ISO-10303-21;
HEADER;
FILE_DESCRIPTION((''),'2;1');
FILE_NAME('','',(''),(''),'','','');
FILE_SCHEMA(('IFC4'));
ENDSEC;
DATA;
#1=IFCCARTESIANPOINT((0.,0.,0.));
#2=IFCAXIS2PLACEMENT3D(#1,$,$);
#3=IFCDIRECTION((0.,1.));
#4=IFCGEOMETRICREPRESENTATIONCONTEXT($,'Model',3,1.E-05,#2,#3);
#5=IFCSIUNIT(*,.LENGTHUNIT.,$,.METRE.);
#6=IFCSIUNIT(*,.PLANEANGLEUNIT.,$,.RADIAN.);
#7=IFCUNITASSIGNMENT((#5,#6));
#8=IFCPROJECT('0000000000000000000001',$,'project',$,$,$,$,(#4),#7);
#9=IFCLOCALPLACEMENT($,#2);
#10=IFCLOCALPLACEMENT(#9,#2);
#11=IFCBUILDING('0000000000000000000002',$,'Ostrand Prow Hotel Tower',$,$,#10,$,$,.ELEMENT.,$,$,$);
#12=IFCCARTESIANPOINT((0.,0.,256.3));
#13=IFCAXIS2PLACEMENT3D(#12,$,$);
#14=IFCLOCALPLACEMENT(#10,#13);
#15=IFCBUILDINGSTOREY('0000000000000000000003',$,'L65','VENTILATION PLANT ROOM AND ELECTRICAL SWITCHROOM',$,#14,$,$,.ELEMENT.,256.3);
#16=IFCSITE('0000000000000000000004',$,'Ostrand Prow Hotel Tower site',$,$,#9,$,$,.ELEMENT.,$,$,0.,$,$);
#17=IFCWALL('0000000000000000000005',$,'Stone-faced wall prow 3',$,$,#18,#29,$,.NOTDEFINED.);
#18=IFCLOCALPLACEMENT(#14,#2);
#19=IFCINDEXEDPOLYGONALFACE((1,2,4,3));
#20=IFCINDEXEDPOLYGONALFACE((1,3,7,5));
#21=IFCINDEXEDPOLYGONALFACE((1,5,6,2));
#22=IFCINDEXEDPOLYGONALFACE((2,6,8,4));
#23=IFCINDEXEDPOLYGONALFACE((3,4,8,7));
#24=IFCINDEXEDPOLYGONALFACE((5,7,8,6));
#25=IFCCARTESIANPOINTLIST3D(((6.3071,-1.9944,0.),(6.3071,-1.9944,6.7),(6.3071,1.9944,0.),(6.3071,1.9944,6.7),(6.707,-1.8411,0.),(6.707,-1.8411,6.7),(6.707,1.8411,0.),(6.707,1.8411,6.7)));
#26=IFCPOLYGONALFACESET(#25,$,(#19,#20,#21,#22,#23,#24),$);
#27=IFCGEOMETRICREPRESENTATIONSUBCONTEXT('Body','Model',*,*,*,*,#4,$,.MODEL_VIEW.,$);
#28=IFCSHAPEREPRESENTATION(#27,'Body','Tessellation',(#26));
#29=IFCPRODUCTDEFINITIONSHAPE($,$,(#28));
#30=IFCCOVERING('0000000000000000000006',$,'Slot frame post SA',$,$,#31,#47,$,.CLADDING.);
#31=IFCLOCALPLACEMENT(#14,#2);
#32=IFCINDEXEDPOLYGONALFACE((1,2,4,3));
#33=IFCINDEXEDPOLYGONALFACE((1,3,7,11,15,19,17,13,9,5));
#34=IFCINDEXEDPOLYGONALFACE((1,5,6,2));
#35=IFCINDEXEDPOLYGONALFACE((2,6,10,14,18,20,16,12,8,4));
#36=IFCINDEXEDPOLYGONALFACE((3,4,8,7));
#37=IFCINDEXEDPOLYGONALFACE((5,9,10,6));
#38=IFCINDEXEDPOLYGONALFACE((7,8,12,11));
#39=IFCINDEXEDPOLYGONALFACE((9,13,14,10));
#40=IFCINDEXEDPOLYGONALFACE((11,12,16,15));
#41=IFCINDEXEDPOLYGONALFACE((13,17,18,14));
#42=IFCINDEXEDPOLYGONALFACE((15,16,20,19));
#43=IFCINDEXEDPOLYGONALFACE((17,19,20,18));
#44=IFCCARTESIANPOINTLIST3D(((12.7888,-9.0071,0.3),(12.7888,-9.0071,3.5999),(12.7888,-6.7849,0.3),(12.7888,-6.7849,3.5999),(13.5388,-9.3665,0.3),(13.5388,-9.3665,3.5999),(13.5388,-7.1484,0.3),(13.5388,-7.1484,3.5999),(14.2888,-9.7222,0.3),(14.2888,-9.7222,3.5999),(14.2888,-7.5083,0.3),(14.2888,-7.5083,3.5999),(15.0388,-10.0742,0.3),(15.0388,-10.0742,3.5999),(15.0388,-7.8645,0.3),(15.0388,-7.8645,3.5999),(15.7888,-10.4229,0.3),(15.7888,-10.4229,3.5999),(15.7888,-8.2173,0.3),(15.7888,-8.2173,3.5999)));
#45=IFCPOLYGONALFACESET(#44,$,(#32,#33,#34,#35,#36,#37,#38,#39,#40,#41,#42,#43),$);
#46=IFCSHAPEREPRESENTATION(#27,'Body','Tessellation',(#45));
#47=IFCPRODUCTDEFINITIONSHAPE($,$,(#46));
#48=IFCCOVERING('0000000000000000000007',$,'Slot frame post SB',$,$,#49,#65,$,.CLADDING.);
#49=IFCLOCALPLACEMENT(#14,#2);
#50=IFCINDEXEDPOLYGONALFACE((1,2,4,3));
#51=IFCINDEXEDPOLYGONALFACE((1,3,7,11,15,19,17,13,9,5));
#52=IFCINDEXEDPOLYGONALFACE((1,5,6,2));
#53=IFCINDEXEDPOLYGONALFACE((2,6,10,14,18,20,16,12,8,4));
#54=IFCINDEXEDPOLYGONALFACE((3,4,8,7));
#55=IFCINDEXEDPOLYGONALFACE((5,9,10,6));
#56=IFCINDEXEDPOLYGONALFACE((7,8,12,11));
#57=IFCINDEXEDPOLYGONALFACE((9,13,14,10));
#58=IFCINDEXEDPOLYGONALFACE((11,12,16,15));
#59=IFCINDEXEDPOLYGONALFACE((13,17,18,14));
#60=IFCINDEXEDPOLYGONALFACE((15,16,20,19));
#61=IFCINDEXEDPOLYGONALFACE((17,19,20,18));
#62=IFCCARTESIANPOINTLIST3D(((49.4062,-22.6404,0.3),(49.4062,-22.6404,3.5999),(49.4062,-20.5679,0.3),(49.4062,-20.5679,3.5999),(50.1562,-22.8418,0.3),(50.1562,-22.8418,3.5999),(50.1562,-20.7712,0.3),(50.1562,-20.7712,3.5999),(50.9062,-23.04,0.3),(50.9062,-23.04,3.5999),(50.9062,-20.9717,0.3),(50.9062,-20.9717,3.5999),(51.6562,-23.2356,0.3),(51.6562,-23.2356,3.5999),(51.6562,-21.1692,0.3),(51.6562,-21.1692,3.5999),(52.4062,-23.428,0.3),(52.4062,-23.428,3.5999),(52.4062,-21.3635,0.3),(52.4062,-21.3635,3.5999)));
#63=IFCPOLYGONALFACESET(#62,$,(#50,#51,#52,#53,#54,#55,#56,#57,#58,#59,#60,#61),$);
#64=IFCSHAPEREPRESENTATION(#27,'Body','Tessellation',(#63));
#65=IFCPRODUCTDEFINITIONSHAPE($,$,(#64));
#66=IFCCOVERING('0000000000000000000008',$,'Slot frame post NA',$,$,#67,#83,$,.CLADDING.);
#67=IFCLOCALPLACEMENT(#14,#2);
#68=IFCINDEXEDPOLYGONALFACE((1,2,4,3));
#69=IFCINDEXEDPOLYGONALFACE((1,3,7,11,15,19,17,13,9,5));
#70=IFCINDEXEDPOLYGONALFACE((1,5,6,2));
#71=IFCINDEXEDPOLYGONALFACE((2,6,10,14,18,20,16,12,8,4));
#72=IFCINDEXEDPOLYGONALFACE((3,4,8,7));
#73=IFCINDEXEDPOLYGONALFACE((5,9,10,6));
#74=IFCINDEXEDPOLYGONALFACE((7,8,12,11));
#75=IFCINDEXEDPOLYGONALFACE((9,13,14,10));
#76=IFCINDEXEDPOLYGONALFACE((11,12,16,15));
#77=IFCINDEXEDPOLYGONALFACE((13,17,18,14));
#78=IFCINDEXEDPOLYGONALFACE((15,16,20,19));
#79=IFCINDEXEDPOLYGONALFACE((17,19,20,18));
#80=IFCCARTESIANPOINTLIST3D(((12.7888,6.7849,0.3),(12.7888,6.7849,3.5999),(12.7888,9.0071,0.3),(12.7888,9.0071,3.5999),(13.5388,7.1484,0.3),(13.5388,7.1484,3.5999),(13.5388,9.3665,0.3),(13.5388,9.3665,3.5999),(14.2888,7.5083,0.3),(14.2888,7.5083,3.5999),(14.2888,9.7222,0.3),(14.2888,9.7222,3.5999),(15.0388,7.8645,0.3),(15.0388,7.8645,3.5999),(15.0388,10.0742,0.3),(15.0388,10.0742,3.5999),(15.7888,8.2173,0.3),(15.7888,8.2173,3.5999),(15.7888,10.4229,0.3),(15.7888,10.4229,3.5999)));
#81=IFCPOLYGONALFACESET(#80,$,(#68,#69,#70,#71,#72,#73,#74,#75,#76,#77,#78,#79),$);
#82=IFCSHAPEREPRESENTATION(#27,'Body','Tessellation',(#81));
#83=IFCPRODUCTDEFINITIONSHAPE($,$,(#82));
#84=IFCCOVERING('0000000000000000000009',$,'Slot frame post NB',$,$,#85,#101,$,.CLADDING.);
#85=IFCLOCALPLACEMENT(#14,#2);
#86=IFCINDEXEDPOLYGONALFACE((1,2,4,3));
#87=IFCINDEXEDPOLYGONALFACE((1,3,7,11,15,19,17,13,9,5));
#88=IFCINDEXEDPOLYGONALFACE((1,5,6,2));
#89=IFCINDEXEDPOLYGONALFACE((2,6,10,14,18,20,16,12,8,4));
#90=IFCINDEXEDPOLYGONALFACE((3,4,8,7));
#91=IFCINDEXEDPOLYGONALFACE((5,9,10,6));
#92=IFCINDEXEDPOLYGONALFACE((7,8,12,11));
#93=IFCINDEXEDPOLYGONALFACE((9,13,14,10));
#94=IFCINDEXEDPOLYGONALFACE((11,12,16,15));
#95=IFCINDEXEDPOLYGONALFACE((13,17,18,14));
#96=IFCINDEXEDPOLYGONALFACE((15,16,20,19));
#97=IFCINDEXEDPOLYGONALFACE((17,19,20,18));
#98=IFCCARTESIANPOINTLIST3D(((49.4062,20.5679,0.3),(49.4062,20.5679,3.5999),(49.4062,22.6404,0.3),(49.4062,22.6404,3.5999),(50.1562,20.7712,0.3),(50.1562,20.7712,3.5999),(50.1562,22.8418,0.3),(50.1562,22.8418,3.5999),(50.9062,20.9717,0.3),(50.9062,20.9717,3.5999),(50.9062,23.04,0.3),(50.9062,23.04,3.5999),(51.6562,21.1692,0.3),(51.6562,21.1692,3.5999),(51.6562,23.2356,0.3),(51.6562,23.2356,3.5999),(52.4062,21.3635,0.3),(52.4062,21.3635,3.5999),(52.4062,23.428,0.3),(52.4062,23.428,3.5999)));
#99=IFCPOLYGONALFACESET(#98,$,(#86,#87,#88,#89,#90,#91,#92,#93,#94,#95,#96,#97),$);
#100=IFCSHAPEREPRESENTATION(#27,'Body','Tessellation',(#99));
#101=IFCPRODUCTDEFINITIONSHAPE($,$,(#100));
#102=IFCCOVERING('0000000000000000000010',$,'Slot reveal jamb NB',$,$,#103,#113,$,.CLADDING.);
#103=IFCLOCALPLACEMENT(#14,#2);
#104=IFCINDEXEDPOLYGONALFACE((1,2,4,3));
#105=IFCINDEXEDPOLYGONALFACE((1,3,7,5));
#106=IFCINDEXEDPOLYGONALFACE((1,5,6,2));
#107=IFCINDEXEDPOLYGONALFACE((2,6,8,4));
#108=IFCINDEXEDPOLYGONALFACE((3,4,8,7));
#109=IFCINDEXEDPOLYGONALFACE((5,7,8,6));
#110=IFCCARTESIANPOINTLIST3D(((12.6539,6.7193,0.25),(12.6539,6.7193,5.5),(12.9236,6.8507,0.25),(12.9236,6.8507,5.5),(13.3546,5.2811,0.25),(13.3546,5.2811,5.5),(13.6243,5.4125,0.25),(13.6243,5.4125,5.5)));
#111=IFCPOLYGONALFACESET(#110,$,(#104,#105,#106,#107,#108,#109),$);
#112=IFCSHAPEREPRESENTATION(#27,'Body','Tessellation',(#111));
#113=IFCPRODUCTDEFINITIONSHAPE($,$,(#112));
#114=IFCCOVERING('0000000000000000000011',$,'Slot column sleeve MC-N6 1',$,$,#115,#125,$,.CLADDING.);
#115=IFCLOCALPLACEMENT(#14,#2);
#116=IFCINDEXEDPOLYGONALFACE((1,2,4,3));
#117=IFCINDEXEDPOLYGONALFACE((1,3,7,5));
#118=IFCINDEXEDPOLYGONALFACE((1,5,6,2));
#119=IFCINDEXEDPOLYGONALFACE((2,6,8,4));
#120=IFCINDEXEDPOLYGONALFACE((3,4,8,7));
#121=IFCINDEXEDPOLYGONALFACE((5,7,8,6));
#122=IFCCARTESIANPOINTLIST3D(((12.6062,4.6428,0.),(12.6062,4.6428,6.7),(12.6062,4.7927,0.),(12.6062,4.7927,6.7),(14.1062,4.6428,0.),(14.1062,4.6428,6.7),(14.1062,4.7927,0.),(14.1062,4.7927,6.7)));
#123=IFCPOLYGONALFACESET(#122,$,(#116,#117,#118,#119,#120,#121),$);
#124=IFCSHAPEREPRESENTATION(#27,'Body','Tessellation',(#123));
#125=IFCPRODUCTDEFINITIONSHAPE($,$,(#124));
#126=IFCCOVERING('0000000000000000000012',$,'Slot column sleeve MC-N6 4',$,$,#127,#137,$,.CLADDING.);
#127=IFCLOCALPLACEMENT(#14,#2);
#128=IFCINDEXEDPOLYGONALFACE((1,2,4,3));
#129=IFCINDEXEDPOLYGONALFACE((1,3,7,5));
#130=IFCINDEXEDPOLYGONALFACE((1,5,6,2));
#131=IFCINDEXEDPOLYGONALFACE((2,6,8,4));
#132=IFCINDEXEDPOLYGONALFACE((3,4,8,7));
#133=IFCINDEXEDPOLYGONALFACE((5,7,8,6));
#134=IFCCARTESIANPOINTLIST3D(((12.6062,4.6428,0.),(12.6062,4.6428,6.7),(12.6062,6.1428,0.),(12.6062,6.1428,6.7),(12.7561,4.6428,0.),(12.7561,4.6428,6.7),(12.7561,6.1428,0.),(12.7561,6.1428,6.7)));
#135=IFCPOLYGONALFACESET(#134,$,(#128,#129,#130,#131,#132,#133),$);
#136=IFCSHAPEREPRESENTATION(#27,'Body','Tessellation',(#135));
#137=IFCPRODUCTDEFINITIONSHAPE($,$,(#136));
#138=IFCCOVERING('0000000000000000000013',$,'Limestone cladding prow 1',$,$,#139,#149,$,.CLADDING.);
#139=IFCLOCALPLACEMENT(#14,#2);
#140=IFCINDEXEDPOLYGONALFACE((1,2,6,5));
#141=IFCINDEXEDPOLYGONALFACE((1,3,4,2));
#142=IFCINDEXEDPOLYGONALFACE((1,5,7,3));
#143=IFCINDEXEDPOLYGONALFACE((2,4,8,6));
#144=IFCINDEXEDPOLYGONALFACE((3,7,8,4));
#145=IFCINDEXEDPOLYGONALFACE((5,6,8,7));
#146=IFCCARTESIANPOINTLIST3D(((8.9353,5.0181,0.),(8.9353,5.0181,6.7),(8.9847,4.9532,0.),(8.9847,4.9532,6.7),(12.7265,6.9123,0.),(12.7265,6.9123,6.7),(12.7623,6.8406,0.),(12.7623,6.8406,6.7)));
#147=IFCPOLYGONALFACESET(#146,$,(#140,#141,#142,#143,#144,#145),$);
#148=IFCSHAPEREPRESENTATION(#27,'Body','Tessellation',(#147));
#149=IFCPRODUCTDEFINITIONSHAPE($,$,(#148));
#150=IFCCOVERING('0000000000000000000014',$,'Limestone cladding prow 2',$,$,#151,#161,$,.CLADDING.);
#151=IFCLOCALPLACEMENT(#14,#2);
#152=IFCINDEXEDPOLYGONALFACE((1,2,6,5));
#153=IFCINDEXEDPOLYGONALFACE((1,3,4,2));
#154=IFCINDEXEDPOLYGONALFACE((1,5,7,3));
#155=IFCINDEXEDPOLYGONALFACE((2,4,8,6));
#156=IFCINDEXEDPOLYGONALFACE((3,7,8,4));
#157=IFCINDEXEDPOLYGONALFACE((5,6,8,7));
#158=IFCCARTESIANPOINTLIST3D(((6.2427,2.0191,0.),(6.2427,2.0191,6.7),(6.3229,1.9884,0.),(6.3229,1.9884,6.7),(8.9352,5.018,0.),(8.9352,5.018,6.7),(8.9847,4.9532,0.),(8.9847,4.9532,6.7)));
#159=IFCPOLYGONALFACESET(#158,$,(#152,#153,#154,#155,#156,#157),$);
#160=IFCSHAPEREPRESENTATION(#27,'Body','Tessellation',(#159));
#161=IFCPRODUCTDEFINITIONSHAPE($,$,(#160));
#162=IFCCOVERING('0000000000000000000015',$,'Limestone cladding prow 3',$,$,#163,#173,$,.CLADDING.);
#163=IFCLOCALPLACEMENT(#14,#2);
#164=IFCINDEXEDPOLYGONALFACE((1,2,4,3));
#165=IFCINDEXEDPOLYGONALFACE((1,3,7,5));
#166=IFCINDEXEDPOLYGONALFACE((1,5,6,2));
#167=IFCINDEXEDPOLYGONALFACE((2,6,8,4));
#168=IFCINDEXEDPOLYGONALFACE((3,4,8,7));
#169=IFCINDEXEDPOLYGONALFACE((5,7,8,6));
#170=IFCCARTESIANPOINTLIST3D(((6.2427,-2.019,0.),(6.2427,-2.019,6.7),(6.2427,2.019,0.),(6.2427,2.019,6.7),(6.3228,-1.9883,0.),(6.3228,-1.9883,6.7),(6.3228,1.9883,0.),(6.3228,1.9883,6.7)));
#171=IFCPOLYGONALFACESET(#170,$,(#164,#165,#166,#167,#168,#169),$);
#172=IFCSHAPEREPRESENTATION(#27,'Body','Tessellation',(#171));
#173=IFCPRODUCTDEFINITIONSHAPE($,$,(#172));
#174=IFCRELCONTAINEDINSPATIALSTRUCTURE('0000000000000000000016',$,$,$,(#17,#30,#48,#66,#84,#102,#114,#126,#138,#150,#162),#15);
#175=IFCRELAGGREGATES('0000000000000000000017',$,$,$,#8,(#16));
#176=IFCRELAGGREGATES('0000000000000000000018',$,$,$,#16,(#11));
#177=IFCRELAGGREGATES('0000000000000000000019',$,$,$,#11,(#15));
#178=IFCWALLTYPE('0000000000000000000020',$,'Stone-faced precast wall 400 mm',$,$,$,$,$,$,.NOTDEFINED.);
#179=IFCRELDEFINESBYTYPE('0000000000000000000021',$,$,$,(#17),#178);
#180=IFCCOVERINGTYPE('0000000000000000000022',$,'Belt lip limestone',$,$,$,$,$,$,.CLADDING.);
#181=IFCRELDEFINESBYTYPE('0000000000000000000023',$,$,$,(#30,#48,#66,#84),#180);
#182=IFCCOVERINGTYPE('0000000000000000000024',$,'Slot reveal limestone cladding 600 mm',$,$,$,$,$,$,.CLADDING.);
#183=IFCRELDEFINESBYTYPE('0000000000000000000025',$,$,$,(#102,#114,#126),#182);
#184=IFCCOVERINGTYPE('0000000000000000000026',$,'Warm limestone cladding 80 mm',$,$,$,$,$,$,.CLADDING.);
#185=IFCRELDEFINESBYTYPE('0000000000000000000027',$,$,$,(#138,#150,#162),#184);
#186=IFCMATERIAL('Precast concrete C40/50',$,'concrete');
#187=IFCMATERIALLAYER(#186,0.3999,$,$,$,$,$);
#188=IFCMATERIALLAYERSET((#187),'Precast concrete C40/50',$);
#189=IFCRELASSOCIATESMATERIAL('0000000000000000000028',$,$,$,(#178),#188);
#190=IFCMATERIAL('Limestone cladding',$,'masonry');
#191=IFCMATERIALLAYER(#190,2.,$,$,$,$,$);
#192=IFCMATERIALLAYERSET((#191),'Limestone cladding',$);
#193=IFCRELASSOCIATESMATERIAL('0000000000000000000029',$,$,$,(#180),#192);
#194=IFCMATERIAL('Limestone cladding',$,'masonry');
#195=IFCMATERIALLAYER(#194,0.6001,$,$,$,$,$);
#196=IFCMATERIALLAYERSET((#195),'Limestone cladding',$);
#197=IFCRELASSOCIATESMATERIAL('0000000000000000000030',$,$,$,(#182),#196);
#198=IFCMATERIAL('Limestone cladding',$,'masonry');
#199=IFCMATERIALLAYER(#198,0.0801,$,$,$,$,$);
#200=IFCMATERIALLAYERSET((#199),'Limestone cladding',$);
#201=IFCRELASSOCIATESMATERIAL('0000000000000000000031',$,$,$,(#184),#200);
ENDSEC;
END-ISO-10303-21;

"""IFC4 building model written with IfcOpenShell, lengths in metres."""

from ifc_helpers import new_model, si_unit, direction, frame, frame_2d, origin, place, context, subcontext, project, spatial, polyline, rectangle, outline, extrude, material, layer, layer_set, type_object, element, save


model = new_model("IFC4")

# Units and contexts
model_context = context("Model", 3, precision=1e-05, world=origin(), true_north=direction((0.0, 1.0)))
body_context = subcontext(model_context, "Body", "Model", "MODEL_VIEW")
ifc_project = project(units=[si_unit("LENGTHUNIT", "METRE"), si_unit("PLANEANGLEUNIT", "RADIAN")], contexts=[model_context])

# Site, building, storey
site_placement = place(None, origin())
site = spatial("IfcSite", under=ifc_project, at=site_placement, Name="Ostrand Prow Hotel Tower site", CompositionType="ELEMENT", RefElevation=0.0)
building_placement = place(site_placement, origin())
building = spatial("IfcBuilding", under=site, at=building_placement, Name="Ostrand Prow Hotel Tower", CompositionType="ELEMENT")
storey_placement = place(building_placement, frame((0.0, 0.0, 256.3)))
storey = spatial("IfcBuildingStorey", under=building, at=storey_placement, Name="L65", Description="VENTILATION PLANT ROOM AND ELECTRICAL SWITCHROOM", CompositionType="ELEMENT", Elevation=256.3)

# Wall
ifc_material_1 = material(Name="Precast concrete C40/50", Category="concrete")
ifc_layer_1 = layer(ifc_material_1, 0.3999)
ifc_layer_set_1 = layer_set([ifc_layer_1], Name="Precast concrete C40/50")
wall_type_1 = type_object("IfcWallType", Name="Stone-faced precast wall 400 mm", PredefinedType="NOTDEFINED", material=ifc_layer_set_1)
wall_1_placement = place(storey_placement, frame((6.5071, 1.9177, 0.0), z_axis=(0.0, 0.0, 1.0), x_axis=(0.0, -1.0, 0.0)))
element("IfcWall", 1, at=wall_1_placement, inside=storey, type_object=wall_type_1, Name="Stone-faced wall prow 3", PredefinedType="NOTDEFINED", context=body_context, shape_type="SweptSolid", body=[
    extrude(outline(polyline([(-0.0767, -0.2), (3.9121, -0.2), (3.7588, 0.2), (0.0767, 0.2), (-0.0767, -0.2)])), origin(), (0.0, 0.0, 1.0), 6.7),
])

# Coverings
ifc_material_2 = material(Name="Limestone cladding", Category="masonry")
ifc_layer_2 = layer(ifc_material_2, 2.0)
ifc_layer_set_2 = layer_set([ifc_layer_2], Name="Limestone cladding")
covering_type_1 = type_object("IfcCoveringType", Name="Belt lip limestone", PredefinedType="CLADDING", material=ifc_layer_set_2)
covering_1_placement = place(storey_placement, frame((0.0, 0.0, 0.3)))
element("IfcCovering", 2, at=covering_1_placement, inside=storey, type_object=covering_type_1, Name="Slot frame post SA", PredefinedType="CLADDING", context=body_context, shape_type="SweptSolid", body=[
    extrude(outline(polyline([(12.7888, -6.7849), (12.7888, -9.0071), (13.5388, -9.3665), (14.2888, -9.7222), (15.0388, -10.0742), (15.7888, -10.4229), (15.7888, -8.2173), (15.0388, -7.8645), (14.2888, -7.5083), (13.5388, -7.1484), (12.7888, -6.7849)])), origin(), (0.0, 0.0, 1.0), 3.2998),
])
covering_2_placement = place(storey_placement, frame((0.0, 0.0, 0.3)))
element("IfcCovering", 3, at=covering_2_placement, inside=storey, type_object=covering_type_1, Name="Slot frame post SB", PredefinedType="CLADDING", context=body_context, shape_type="SweptSolid", body=[
    extrude(outline(polyline([(49.4062, -20.5679), (49.4062, -22.6404), (50.1562, -22.8418), (50.9062, -23.04), (51.6562, -23.2356), (52.4062, -23.428), (52.4062, -21.3635), (51.6562, -21.1692), (50.9062, -20.9717), (50.1562, -20.7712), (49.4062, -20.5679)])), origin(), (0.0, 0.0, 1.0), 3.2998),
])
covering_3_placement = place(storey_placement, frame((0.0, 0.0, 0.3)))
element("IfcCovering", 4, at=covering_3_placement, inside=storey, type_object=covering_type_1, Name="Slot frame post NA", PredefinedType="CLADDING", context=body_context, shape_type="SweptSolid", body=[
    extrude(outline(polyline([(12.7888, 6.7849), (13.5388, 7.1484), (14.2888, 7.5083), (15.0388, 7.8645), (15.7888, 8.2173), (15.7888, 10.4229), (15.0388, 10.0742), (14.2888, 9.7222), (13.5388, 9.3665), (12.7888, 9.0071), (12.7888, 6.7849)])), origin(), (0.0, 0.0, 1.0), 3.2998),
])
covering_4_placement = place(storey_placement, frame((0.0, 0.0, 0.3)))
element("IfcCovering", 5, at=covering_4_placement, inside=storey, type_object=covering_type_1, Name="Slot frame post NB", PredefinedType="CLADDING", context=body_context, shape_type="SweptSolid", body=[
    extrude(outline(polyline([(49.4062, 20.5679), (50.1562, 20.7712), (50.9062, 20.9717), (51.6562, 21.1692), (52.4062, 21.3635), (52.4062, 23.428), (51.6562, 23.2356), (50.9062, 23.04), (50.1562, 22.8418), (49.4062, 22.6404), (49.4062, 20.5679)])), origin(), (0.0, 0.0, 1.0), 3.2998),
])
ifc_material_3 = material(Name="Limestone cladding", Category="masonry")
ifc_layer_3 = layer(ifc_material_3, 0.6001)
ifc_layer_set_3 = layer_set([ifc_layer_3], Name="Limestone cladding")
covering_type_2 = type_object("IfcCoveringType", Name="Slot reveal limestone cladding 600 mm", PredefinedType="CLADDING", material=ifc_layer_set_3)
covering_5_placement = place(storey_placement, frame((12.7888, 6.7849, 0.25), z_axis=(0.0, 0.0, 1.0), x_axis=(0.437973, -0.898988, 0.0)))
element("IfcCovering", 6, at=covering_5_placement, inside=storey, type_object=covering_type_2, Name="Slot reveal jamb NB", PredefinedType="CLADDING", context=body_context, shape_type="SweptSolid", body=[
    extrude(rectangle(XDim=1.5999, YDim=0.3, at=frame_2d((0.7998, 0.0))), origin(), (0.0, 0.0, 1.0), 5.25),
])
for number, where, z_axis, x_axis, name in (
    (7, (12.6062, 4.7178, 0.0), (0.0, 0.0, 1.0), (1.0, 0.0, 0.0), "Slot column sleeve MC-N6 1"),
    (8, (12.6812, 6.1428, 0.0), (0.0, 0.0, 1.0), (0.0, -1.0, 0.0), "Slot column sleeve MC-N6 4"),
):
    element("IfcCovering", number, at=place(storey_placement, frame(where, z_axis=z_axis, x_axis=x_axis)), inside=storey, type_object=covering_type_2, Name=name, PredefinedType="CLADDING", context=body_context, shape_type="SweptSolid", body=[
        extrude(rectangle(XDim=1.5, YDim=0.1499, at=frame_2d((0.75, 0.0))), origin(), (0.0, 0.0, 1.0), 6.7),
    ])
ifc_material_4 = material(Name="Limestone cladding", Category="masonry")
ifc_layer_4 = layer(ifc_material_4, 0.0801)
ifc_layer_set_4 = layer_set([ifc_layer_4], Name="Limestone cladding")
covering_type_3 = type_object("IfcCoveringType", Name="Warm limestone cladding 80 mm", PredefinedType="CLADDING", material=ifc_layer_set_4)
covering_6_placement = place(storey_placement, frame((12.7444, 6.8765, 0.0), z_axis=(0.0, 0.0, 1.0), x_axis=(-0.894554, -0.44696, 0.0)))
element("IfcCovering", 9, at=covering_6_placement, inside=storey, type_object=covering_type_3, Name="Limestone cladding prow 1", PredefinedType="CLADDING", context=body_context, shape_type="SweptSolid", body=[
    extrude(outline(polyline([(0.0, -0.04), (4.238, -0.04), (4.2229, 0.04), (0.0, 0.04), (0.0, -0.04)])), origin(), (0.0, 0.0, 1.0), 6.7),
])
covering_7_placement = place(storey_placement, frame((8.96, 4.9856, 0.0), z_axis=(0.0, 0.0, 1.0), x_axis=(-0.668069, -0.744099, 0.0)))
element("IfcCovering", 10, at=covering_7_placement, inside=storey, type_object=covering_type_3, Name="Limestone cladding prow 2", PredefinedType="CLADDING", context=body_context, shape_type="SweptSolid", body=[
    extrude(outline(polyline([(-0.0076, -0.04), (4.0227, -0.04), (3.9919, 0.04), (0.0076, 0.04), (-0.0076, -0.04)])), origin(), (0.0, 0.0, 1.0), 6.7),
])
covering_8_placement = place(storey_placement, frame((6.2827, 2.0037, 0.0), z_axis=(0.0, 0.0, 1.0), x_axis=(0.0, -1.0, 0.0)))
element("IfcCovering", 11, at=covering_8_placement, inside=storey, type_object=covering_type_3, Name="Limestone cladding prow 3", PredefinedType="CLADDING", context=body_context, shape_type="SweptSolid", body=[
    extrude(outline(polyline([(-0.0154, -0.04), (4.0227, -0.04), (3.9919, 0.04), (0.0154, 0.04), (-0.0154, -0.04)])), origin(), (0.0, 0.0, 1.0), 6.7),
])

save(model, "model.ifc")
